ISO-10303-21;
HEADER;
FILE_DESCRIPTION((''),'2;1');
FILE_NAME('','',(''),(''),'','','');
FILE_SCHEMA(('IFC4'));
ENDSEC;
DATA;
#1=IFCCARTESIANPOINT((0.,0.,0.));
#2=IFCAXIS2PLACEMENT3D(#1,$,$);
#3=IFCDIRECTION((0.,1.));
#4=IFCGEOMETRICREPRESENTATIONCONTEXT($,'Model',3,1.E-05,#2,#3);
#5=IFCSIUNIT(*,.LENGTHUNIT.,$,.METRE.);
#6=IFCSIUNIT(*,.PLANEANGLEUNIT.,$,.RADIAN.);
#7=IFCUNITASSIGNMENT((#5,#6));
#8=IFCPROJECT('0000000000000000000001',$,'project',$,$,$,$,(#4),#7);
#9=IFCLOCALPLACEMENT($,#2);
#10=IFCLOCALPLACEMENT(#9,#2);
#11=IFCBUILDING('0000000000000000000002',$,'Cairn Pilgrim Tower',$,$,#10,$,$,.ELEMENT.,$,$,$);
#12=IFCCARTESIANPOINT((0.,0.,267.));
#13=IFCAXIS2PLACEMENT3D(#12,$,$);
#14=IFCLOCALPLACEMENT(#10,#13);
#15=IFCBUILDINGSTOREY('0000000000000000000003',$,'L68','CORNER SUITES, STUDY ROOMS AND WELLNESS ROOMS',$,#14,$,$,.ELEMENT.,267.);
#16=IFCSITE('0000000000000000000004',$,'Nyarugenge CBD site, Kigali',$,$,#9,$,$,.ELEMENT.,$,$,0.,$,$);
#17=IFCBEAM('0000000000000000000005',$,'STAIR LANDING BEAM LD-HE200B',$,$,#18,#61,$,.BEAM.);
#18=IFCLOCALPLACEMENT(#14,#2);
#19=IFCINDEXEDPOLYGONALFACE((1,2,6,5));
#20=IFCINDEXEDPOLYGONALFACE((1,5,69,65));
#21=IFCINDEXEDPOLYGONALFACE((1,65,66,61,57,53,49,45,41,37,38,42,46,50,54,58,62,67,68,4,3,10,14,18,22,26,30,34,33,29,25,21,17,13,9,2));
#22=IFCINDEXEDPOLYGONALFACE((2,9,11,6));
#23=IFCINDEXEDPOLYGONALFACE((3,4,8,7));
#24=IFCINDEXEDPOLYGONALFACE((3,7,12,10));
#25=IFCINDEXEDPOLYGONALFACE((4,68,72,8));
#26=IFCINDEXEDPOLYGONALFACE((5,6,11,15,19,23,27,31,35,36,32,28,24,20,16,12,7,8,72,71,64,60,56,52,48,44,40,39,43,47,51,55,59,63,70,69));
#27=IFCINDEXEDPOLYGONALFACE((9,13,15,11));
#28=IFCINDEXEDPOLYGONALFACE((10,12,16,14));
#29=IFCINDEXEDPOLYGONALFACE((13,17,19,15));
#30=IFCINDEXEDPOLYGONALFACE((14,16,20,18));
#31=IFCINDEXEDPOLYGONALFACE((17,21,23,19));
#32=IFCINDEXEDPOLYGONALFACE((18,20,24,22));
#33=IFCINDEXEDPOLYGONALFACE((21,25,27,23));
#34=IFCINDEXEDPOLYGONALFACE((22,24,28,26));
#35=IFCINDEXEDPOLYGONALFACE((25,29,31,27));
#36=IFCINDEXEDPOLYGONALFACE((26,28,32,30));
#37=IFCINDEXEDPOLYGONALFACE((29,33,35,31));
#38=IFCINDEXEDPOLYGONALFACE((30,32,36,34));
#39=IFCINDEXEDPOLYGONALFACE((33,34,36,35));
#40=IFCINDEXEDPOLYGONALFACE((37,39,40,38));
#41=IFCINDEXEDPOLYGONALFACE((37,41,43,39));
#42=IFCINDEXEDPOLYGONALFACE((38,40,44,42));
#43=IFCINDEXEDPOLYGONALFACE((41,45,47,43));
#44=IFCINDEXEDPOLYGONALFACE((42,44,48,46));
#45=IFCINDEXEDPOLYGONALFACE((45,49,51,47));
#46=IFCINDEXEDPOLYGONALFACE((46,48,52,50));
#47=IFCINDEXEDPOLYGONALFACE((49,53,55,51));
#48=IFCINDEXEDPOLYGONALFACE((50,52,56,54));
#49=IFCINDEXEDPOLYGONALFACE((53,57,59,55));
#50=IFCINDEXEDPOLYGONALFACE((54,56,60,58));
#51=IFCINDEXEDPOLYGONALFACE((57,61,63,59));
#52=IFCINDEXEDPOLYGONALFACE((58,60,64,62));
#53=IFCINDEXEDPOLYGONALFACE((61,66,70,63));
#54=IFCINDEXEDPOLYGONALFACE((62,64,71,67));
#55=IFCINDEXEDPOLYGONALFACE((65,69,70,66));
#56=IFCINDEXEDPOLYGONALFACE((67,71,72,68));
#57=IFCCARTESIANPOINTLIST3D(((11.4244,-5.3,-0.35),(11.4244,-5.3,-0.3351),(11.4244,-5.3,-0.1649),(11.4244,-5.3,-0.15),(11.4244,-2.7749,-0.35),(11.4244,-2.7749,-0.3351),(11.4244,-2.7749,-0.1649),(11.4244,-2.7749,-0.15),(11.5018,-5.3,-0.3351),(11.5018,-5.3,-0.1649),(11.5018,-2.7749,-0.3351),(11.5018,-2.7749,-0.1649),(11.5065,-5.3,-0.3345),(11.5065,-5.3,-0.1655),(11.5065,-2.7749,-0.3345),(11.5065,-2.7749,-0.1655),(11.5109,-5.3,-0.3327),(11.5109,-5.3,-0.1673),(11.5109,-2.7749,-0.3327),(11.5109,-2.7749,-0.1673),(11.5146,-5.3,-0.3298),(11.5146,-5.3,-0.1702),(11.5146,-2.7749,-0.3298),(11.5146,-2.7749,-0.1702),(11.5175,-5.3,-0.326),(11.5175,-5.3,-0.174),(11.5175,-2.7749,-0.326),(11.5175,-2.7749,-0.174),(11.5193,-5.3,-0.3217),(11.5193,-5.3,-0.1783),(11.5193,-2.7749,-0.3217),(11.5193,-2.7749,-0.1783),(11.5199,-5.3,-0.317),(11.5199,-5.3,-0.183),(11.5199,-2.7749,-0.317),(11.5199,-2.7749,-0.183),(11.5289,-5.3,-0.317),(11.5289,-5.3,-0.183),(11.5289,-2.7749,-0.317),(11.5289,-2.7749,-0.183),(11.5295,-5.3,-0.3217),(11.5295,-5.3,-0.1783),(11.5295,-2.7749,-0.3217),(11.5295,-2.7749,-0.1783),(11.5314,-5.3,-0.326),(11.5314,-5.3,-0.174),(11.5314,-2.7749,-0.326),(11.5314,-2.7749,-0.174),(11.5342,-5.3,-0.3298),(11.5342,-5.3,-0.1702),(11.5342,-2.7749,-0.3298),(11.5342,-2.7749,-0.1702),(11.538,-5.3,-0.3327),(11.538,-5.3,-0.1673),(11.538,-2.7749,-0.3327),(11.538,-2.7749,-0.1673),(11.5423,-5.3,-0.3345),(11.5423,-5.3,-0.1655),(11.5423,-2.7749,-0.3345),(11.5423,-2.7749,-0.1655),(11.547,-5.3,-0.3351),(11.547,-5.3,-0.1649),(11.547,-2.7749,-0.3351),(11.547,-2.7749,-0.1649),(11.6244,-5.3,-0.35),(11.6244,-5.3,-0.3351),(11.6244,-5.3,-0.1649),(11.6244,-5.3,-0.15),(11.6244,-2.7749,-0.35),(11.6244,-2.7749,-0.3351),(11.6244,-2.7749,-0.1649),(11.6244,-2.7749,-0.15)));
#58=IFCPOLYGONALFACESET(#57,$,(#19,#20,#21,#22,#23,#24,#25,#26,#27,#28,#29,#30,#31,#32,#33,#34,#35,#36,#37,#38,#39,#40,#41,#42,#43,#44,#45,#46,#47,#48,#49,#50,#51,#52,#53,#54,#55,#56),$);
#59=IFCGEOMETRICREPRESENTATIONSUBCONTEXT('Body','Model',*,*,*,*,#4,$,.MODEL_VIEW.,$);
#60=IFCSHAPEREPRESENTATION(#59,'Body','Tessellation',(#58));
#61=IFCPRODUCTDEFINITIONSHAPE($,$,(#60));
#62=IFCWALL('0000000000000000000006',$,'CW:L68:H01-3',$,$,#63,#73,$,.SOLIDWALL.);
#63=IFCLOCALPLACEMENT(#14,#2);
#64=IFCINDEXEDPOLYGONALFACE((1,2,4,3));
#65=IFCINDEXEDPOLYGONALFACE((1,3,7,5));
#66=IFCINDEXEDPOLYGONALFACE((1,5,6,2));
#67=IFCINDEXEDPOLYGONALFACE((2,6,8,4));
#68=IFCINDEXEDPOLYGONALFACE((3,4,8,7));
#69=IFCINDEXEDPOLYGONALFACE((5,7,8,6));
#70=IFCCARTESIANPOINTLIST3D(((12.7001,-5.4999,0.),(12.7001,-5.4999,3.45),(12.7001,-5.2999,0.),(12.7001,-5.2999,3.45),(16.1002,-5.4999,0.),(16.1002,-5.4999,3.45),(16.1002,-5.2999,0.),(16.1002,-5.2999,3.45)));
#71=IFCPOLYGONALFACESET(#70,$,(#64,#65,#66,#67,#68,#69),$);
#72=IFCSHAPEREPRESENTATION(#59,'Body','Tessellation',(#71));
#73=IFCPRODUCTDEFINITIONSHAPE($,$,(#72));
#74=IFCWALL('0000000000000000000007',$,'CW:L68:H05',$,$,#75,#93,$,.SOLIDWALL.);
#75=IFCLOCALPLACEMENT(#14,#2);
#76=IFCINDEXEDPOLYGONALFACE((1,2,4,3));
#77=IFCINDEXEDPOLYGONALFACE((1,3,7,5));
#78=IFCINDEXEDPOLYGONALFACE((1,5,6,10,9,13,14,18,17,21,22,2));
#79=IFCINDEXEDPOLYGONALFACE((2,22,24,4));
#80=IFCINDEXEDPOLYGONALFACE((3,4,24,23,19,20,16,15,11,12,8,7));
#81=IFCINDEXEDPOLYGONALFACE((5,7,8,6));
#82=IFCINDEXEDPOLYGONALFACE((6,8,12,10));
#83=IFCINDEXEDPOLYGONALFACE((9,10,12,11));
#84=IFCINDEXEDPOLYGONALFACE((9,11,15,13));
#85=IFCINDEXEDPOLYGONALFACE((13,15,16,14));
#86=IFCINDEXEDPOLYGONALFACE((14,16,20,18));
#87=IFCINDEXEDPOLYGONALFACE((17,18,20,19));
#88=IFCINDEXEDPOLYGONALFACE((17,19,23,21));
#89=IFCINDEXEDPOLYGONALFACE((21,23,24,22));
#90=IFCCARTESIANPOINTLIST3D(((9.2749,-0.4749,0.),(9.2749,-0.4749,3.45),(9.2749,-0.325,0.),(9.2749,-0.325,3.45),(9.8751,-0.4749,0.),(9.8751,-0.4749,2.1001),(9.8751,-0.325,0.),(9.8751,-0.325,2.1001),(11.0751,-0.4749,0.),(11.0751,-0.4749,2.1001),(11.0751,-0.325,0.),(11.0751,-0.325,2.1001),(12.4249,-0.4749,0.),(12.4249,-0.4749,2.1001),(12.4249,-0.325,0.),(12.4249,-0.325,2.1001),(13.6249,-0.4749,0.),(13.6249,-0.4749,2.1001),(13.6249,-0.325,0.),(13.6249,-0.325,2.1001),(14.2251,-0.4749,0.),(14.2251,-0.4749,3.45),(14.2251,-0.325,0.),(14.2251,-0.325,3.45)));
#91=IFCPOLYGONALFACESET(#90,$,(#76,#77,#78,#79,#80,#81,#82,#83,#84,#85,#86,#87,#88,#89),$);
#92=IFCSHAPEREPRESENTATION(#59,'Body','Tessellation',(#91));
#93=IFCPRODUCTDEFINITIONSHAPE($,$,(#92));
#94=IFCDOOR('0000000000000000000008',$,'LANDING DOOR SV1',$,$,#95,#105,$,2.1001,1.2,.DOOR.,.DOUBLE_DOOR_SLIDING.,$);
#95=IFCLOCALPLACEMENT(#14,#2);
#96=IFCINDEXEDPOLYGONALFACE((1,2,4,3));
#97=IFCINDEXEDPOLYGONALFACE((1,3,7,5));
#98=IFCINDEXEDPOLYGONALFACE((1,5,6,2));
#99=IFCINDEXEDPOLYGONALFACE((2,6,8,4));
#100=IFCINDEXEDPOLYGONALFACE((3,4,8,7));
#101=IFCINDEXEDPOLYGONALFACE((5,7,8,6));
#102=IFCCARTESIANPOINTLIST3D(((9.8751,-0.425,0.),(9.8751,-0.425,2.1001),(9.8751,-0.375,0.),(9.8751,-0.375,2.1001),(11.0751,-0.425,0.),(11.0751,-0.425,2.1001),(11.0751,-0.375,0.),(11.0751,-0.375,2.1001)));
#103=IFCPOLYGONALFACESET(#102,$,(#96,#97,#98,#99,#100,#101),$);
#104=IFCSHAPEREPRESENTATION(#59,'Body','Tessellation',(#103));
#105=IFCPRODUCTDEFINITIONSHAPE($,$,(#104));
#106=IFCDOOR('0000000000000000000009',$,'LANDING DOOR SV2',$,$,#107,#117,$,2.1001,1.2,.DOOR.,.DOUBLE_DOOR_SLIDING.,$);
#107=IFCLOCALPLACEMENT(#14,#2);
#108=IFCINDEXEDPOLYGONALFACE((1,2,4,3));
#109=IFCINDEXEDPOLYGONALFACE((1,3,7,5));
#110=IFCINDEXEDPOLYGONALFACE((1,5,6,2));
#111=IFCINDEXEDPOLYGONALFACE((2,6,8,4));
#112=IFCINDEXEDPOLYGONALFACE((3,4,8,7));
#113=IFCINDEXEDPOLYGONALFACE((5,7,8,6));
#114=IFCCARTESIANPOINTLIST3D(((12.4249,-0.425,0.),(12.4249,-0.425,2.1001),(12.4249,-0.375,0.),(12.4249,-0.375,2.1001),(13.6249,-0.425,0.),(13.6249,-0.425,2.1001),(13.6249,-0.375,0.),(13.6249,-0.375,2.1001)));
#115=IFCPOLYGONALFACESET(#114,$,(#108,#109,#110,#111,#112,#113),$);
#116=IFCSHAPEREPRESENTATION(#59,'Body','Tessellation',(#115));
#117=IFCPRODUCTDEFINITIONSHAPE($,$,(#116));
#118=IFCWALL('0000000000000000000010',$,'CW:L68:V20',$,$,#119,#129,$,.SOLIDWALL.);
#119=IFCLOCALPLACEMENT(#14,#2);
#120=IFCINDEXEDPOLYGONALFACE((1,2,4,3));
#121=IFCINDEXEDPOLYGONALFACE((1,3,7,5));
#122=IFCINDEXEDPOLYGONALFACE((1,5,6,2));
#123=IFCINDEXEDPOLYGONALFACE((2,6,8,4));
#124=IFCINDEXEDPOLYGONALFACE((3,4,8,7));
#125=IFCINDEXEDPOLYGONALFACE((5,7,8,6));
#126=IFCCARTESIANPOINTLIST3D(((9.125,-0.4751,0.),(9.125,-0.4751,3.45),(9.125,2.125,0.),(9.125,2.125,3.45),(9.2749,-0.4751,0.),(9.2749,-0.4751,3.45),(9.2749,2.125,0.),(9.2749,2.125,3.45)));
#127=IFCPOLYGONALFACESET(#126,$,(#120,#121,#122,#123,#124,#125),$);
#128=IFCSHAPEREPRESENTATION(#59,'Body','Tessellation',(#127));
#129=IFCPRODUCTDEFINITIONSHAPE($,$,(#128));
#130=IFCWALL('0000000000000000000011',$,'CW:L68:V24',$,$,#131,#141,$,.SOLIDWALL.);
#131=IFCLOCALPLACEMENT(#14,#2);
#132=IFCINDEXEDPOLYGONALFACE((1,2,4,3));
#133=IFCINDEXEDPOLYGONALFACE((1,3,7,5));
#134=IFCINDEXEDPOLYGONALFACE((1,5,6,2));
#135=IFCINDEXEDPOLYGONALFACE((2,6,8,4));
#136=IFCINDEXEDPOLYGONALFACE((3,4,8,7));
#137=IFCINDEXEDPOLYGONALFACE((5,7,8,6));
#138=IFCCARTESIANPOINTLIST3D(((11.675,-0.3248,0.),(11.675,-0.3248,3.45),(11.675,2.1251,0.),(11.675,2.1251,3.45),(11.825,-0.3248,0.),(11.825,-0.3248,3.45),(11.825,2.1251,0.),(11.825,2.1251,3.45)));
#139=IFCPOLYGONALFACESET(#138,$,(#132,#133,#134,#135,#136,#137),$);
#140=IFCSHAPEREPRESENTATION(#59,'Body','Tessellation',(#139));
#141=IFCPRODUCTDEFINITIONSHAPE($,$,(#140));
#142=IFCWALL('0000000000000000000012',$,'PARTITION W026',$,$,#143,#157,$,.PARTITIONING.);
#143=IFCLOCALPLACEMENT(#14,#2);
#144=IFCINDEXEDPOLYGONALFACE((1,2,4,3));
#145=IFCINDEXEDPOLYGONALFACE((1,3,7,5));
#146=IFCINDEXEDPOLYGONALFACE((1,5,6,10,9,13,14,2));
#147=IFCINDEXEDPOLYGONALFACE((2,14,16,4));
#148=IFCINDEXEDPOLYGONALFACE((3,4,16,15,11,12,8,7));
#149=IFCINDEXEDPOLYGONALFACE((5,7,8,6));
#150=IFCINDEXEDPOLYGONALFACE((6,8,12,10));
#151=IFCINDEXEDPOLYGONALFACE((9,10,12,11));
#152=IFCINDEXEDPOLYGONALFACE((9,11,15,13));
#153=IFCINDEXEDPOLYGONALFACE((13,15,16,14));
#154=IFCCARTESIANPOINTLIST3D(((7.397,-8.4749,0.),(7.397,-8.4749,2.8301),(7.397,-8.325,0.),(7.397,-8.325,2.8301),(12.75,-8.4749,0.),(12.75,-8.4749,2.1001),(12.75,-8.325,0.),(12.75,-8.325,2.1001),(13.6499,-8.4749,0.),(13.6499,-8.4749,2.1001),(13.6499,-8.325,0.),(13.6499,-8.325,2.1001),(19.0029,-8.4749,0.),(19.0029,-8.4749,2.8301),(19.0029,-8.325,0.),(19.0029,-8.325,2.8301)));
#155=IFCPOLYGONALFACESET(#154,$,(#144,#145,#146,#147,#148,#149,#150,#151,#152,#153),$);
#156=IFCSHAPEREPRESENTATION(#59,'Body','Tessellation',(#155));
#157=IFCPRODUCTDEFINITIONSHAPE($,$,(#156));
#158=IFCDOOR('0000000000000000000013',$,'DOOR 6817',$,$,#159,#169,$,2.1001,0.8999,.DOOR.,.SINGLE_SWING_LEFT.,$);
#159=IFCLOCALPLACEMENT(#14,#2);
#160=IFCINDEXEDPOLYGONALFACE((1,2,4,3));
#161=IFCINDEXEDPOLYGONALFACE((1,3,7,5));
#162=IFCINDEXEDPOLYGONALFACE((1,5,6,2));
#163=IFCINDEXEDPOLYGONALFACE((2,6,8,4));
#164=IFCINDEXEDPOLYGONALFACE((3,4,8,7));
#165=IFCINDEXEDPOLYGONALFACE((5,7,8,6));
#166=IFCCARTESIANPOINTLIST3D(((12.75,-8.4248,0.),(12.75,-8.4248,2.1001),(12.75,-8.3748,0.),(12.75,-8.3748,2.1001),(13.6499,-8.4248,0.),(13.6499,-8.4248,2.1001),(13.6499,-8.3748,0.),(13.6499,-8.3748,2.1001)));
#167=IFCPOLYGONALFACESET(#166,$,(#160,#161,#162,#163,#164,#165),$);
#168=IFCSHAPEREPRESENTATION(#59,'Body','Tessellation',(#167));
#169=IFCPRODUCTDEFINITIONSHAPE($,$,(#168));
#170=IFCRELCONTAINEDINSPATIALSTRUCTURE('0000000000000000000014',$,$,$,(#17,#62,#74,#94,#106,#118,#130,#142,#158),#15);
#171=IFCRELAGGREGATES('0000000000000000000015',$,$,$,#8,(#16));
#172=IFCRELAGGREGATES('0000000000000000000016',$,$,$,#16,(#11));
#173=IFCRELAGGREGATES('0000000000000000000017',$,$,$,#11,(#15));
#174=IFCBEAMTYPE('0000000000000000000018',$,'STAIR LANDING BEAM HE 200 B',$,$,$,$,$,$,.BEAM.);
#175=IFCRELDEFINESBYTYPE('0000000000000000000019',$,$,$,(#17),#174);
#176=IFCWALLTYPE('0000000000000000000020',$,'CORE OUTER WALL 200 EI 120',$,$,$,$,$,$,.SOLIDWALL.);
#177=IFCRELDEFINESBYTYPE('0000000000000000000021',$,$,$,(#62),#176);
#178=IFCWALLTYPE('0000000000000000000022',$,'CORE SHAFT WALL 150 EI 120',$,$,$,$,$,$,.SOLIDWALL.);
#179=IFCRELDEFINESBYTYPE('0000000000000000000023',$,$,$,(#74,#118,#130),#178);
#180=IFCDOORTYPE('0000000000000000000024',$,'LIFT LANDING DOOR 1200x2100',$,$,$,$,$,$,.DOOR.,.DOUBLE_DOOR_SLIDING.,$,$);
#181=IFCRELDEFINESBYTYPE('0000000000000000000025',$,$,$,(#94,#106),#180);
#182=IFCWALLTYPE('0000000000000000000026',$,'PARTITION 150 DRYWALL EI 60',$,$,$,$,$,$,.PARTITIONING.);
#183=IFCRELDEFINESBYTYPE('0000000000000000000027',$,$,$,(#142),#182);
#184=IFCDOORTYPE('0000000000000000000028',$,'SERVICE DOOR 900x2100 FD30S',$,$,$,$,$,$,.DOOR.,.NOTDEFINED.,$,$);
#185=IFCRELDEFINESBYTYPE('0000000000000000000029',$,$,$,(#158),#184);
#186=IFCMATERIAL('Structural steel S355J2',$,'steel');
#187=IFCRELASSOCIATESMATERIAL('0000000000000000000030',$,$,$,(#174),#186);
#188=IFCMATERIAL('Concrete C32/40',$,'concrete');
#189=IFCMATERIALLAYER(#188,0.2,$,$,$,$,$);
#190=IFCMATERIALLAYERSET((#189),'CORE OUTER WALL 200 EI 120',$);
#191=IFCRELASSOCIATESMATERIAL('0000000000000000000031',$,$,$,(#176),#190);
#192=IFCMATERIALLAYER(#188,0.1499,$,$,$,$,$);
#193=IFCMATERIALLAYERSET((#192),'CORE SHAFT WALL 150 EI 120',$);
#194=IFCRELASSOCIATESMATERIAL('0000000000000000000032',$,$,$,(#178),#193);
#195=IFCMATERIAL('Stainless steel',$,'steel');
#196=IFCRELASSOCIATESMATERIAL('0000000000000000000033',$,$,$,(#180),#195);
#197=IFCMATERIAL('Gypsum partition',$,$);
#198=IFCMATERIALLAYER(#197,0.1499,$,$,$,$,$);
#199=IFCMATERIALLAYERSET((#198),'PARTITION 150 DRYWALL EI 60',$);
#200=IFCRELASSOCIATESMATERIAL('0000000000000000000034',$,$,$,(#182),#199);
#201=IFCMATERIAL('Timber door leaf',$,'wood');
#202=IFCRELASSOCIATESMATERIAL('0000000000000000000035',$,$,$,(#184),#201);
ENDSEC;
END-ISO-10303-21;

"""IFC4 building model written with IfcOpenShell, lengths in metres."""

from ifc_helpers import new_model, si_unit, direction, frame, frame_2d, origin, origin_2d, place, context, subcontext, project, spatial, rectangle, i_section, extrude, material, layer, layer_set, material_profile, profile_set, type_object, element, fill, save


model = new_model("IFC4")

# Units and contexts
model_context = context("Model", 3, precision=1e-05, world=origin(), true_north=direction((0.0, 1.0)))
body_context = subcontext(model_context, "Body", "Model", "MODEL_VIEW")
ifc_project = project(units=[si_unit("LENGTHUNIT", "METRE"), si_unit("PLANEANGLEUNIT", "RADIAN")], contexts=[model_context])

# Site, building, storey
site_placement = place(None, origin())
site = spatial("IfcSite", under=ifc_project, at=site_placement, Name="Nyarugenge CBD site, Kigali", CompositionType="ELEMENT", RefElevation=0.0)
building_placement = place(site_placement, origin())
building = spatial("IfcBuilding", under=site, at=building_placement, Name="Cairn Pilgrim Tower", CompositionType="ELEMENT")
storey_placement = place(building_placement, frame((0.0, 0.0, 267.0)))
storey = spatial("IfcBuildingStorey", under=building, at=storey_placement, Name="L68", Description="CORNER SUITES, STUDY ROOMS AND WELLNESS ROOMS", CompositionType="ELEMENT", Elevation=267.0)

# Shared definitions
ifc_material_1 = material(Name="Structural steel S355J2", Category="steel")

# Beam
ifc_material_profile_1 = material_profile(ifc_material_1, i_section(OverallWidth=0.2, OverallDepth=0.2, WebThickness=0.009, FlangeThickness=0.0149, FilletRadius=0.0181, at=origin_2d()), Name="HE 200 B")
ifc_profile_set_1 = profile_set([ifc_material_profile_1], Name="Structural steel S355J2")
beam_type_1 = type_object("IfcBeamType", Name="STAIR LANDING BEAM HE 200 B", PredefinedType="BEAM", material=ifc_profile_set_1)
beam_1_placement = place(storey_placement, frame((11.5244, -2.7749, -0.25), z_axis=(0.0, -1.0, 0.0), x_axis=(1.0, 0.0, 0.0)))
element("IfcBeam", 1, at=beam_1_placement, inside=storey, type_object=beam_type_1, Name="STAIR LANDING BEAM LD-HE200B", PredefinedType="BEAM", context=body_context, shape_type="SweptSolid", body=[
    extrude(i_section(OverallWidth=0.2, OverallDepth=0.2, WebThickness=0.009, FlangeThickness=0.0149, FilletRadius=0.0181, at=origin_2d()), origin(), (0.0, 0.0, 1.0), 2.5251),
])

# Wall
ifc_material_2 = material(Name="Concrete C32/40", Category="concrete")
ifc_layer_1 = layer(ifc_material_2, 0.2)
ifc_layer_set_1 = layer_set([ifc_layer_1], Name="CORE OUTER WALL 200 EI 120")
wall_type_1 = type_object("IfcWallType", Name="CORE OUTER WALL 200 EI 120", PredefinedType="SOLIDWALL", material=ifc_layer_set_1)
wall_1_placement = place(storey_placement, frame((12.7, -5.3999, 0.0), z_axis=(0.0, 0.0, 1.0), x_axis=(1.0, 0.0, 0.0)))
element("IfcWall", 2, at=wall_1_placement, inside=storey, type_object=wall_type_1, Name="CW:L68:H01-3", PredefinedType="SOLIDWALL", context=body_context, shape_type="SweptSolid", body=[
    extrude(rectangle(XDim=3.4001, YDim=0.2, at=frame_2d((1.7002, 0.0))), origin(), (0.0, 0.0, 1.0), 3.45),
])

# Wall, openings, doors
ifc_layer_2 = layer(ifc_material_2, 0.1499)
ifc_layer_set_2 = layer_set([ifc_layer_2], Name="CORE SHAFT WALL 150 EI 120")
wall_type_2 = type_object("IfcWallType", Name="CORE SHAFT WALL 150 EI 120", PredefinedType="SOLIDWALL", material=ifc_layer_set_2)
wall_2_placement = place(storey_placement, frame((9.2749, -0.3999, 0.0), z_axis=(0.0, 0.0, 1.0), x_axis=(1.0, 0.0, 0.0)))
wall_2 = element("IfcWall", 3, at=wall_2_placement, inside=storey, type_object=wall_type_2, Name="CW:L68:H05", PredefinedType="SOLIDWALL", context=body_context, shape_type="SweptSolid", body=[
    extrude(rectangle(XDim=4.9502, YDim=0.1499, at=frame_2d((2.4751, 0.0))), origin(), (0.0, 0.0, 1.0), 3.45),
])
opening_1_placement = place(wall_2_placement, frame((0.6001, 0.0, 0.0)))
opening_1 = element("IfcOpeningElement", 4, at=opening_1_placement, cuts=wall_2, PredefinedType="OPENING", context=body_context, shape_type="SweptSolid", body=[
    extrude(rectangle(XDim=1.2, YDim=2.1001, at=frame_2d((0.6001, 1.05))), frame((0.0, 0.085, 0.0), z_axis=(0.0, -1.0, 0.0), x_axis=(1.0, 0.0, 0.0)), (0.0, 0.0, 1.0), 0.1699),
])
opening_2_placement = place(wall_2_placement, frame((3.1499, 0.0, 0.0)))
opening_2 = element("IfcOpeningElement", 5, at=opening_2_placement, cuts=wall_2, PredefinedType="OPENING", context=body_context, shape_type="SweptSolid", body=[
    extrude(rectangle(XDim=1.2, YDim=2.1001, at=frame_2d((0.6001, 1.05))), frame((0.0, 0.085, 0.0), z_axis=(0.0, -1.0, 0.0), x_axis=(1.0, 0.0, 0.0)), (0.0, 0.0, 1.0), 0.1699),
])
ifc_material_3 = material(Name="Stainless steel", Category="steel")
door_type_1 = type_object("IfcDoorType", Name="LIFT LANDING DOOR 1200x2100", OperationType="DOUBLE_DOOR_SLIDING", PredefinedType="DOOR", material=ifc_material_3)
door_1_placement = place(opening_1_placement, origin())
door_1 = element("IfcDoor", 6, at=door_1_placement, inside=storey, type_object=door_type_1, Name="LANDING DOOR SV1", OperationType="DOUBLE_DOOR_SLIDING", OverallHeight=2.1001, OverallWidth=1.2, PredefinedType="DOOR", context=body_context, shape_type="SweptSolid", body=[
    extrude(rectangle(XDim=1.2, YDim=2.1001, at=frame_2d((0.6001, 1.05))), frame((0.0, 0.0249, 0.0), z_axis=(0.0, -1.0, 0.0), x_axis=(1.0, 0.0, 0.0)), (0.0, 0.0, 1.0), 0.05),
])
fill(opening_1, door_1)
door_2_placement = place(opening_2_placement, origin())
door_2 = element("IfcDoor", 7, at=door_2_placement, inside=storey, type_object=door_type_1, Name="LANDING DOOR SV2", OperationType="DOUBLE_DOOR_SLIDING", OverallHeight=2.1001, OverallWidth=1.2, PredefinedType="DOOR", context=body_context, shape_type="SweptSolid", body=[
    extrude(rectangle(XDim=1.2, YDim=2.1001, at=frame_2d((0.6001, 1.05))), frame((0.0, 0.0249, 0.0), z_axis=(0.0, -1.0, 0.0), x_axis=(1.0, 0.0, 0.0)), (0.0, 0.0, 1.0), 0.05),
])
fill(opening_2, door_2)

# Walls
wall_3_placement = place(storey_placement, frame((9.2, -0.4751, 0.0), z_axis=(0.0, 0.0, 1.0), x_axis=(0.0, 1.0, 0.0)))
element("IfcWall", 8, at=wall_3_placement, inside=storey, type_object=wall_type_2, Name="CW:L68:V20", PredefinedType="SOLIDWALL", context=body_context, shape_type="SweptSolid", body=[
    extrude(rectangle(XDim=2.6001, YDim=0.1499, at=frame_2d((1.3, 0.0))), origin(), (0.0, 0.0, 1.0), 3.45),
])
wall_4_placement = place(storey_placement, frame((11.75, -0.325, 0.0), z_axis=(0.0, 0.0, 1.0), x_axis=(0.0, 1.0, 0.0)))
element("IfcWall", 9, at=wall_4_placement, inside=storey, type_object=wall_type_2, Name="CW:L68:V24", PredefinedType="SOLIDWALL", context=body_context, shape_type="SweptSolid", body=[
    extrude(rectangle(XDim=2.45, YDim=0.1499, at=frame_2d((1.2251, 0.0))), origin(), (0.0, 0.0, 1.0), 3.45),
])

# Wall, opening, door
ifc_material_4 = material(Name="Gypsum partition")
ifc_layer_3 = layer(ifc_material_4, 0.1499)
ifc_layer_set_3 = layer_set([ifc_layer_3], Name="PARTITION 150 DRYWALL EI 60")
wall_type_3 = type_object("IfcWallType", Name="PARTITION 150 DRYWALL EI 60", PredefinedType="PARTITIONING", material=ifc_layer_set_3)
wall_5_placement = place(storey_placement, frame((7.397, -8.3999, 0.0), z_axis=(0.0, 0.0, 1.0), x_axis=(1.0, 0.0, 0.0)))
wall_5 = element("IfcWall", 10, at=wall_5_placement, inside=storey, type_object=wall_type_3, Name="PARTITION W026", PredefinedType="PARTITIONING", context=body_context, shape_type="SweptSolid", body=[
    extrude(rectangle(XDim=11.606, YDim=0.1499, at=frame_2d((5.803, 0.0))), origin(), (0.0, 0.0, 1.0), 2.8301),
])
opening_3_placement = place(wall_5_placement, frame((5.353, 0.0, 0.0)))
opening_3 = element("IfcOpeningElement", 11, at=opening_3_placement, cuts=wall_5, PredefinedType="OPENING", context=body_context, shape_type="SweptSolid", body=[
    extrude(rectangle(XDim=0.8999, YDim=2.1001, at=frame_2d((0.45, 1.05))), frame((0.0, 0.085, 0.0), z_axis=(0.0, -1.0, 0.0), x_axis=(1.0, 0.0, 0.0)), (0.0, 0.0, 1.0), 0.1699),
])
ifc_material_5 = material(Name="Timber door leaf", Category="wood")
door_type_2 = type_object("IfcDoorType", Name="SERVICE DOOR 900x2100 FD30S", OperationType="NOTDEFINED", PredefinedType="DOOR", material=ifc_material_5)
door_3_placement = place(opening_3_placement, frame((0.8999, 0.0, 0.0), z_axis=(0.0, 0.0, 1.0), x_axis=(-1.0, 0.0, 0.0)))
door_3 = element("IfcDoor", 12, at=door_3_placement, inside=storey, type_object=door_type_2, Name="DOOR 6817", OperationType="SINGLE_SWING_LEFT", OverallHeight=2.1001, OverallWidth=0.8999, PredefinedType="DOOR", context=body_context, shape_type="SweptSolid", body=[
    extrude(rectangle(XDim=0.8999, YDim=2.1001, at=frame_2d((0.45, 1.05))), frame((0.0, 0.0249, 0.0), z_axis=(0.0, -1.0, 0.0), x_axis=(1.0, 0.0, 0.0)), (0.0, 0.0, 1.0), 0.05),
])
fill(opening_3, door_3)

save(model, "model.ifc")
